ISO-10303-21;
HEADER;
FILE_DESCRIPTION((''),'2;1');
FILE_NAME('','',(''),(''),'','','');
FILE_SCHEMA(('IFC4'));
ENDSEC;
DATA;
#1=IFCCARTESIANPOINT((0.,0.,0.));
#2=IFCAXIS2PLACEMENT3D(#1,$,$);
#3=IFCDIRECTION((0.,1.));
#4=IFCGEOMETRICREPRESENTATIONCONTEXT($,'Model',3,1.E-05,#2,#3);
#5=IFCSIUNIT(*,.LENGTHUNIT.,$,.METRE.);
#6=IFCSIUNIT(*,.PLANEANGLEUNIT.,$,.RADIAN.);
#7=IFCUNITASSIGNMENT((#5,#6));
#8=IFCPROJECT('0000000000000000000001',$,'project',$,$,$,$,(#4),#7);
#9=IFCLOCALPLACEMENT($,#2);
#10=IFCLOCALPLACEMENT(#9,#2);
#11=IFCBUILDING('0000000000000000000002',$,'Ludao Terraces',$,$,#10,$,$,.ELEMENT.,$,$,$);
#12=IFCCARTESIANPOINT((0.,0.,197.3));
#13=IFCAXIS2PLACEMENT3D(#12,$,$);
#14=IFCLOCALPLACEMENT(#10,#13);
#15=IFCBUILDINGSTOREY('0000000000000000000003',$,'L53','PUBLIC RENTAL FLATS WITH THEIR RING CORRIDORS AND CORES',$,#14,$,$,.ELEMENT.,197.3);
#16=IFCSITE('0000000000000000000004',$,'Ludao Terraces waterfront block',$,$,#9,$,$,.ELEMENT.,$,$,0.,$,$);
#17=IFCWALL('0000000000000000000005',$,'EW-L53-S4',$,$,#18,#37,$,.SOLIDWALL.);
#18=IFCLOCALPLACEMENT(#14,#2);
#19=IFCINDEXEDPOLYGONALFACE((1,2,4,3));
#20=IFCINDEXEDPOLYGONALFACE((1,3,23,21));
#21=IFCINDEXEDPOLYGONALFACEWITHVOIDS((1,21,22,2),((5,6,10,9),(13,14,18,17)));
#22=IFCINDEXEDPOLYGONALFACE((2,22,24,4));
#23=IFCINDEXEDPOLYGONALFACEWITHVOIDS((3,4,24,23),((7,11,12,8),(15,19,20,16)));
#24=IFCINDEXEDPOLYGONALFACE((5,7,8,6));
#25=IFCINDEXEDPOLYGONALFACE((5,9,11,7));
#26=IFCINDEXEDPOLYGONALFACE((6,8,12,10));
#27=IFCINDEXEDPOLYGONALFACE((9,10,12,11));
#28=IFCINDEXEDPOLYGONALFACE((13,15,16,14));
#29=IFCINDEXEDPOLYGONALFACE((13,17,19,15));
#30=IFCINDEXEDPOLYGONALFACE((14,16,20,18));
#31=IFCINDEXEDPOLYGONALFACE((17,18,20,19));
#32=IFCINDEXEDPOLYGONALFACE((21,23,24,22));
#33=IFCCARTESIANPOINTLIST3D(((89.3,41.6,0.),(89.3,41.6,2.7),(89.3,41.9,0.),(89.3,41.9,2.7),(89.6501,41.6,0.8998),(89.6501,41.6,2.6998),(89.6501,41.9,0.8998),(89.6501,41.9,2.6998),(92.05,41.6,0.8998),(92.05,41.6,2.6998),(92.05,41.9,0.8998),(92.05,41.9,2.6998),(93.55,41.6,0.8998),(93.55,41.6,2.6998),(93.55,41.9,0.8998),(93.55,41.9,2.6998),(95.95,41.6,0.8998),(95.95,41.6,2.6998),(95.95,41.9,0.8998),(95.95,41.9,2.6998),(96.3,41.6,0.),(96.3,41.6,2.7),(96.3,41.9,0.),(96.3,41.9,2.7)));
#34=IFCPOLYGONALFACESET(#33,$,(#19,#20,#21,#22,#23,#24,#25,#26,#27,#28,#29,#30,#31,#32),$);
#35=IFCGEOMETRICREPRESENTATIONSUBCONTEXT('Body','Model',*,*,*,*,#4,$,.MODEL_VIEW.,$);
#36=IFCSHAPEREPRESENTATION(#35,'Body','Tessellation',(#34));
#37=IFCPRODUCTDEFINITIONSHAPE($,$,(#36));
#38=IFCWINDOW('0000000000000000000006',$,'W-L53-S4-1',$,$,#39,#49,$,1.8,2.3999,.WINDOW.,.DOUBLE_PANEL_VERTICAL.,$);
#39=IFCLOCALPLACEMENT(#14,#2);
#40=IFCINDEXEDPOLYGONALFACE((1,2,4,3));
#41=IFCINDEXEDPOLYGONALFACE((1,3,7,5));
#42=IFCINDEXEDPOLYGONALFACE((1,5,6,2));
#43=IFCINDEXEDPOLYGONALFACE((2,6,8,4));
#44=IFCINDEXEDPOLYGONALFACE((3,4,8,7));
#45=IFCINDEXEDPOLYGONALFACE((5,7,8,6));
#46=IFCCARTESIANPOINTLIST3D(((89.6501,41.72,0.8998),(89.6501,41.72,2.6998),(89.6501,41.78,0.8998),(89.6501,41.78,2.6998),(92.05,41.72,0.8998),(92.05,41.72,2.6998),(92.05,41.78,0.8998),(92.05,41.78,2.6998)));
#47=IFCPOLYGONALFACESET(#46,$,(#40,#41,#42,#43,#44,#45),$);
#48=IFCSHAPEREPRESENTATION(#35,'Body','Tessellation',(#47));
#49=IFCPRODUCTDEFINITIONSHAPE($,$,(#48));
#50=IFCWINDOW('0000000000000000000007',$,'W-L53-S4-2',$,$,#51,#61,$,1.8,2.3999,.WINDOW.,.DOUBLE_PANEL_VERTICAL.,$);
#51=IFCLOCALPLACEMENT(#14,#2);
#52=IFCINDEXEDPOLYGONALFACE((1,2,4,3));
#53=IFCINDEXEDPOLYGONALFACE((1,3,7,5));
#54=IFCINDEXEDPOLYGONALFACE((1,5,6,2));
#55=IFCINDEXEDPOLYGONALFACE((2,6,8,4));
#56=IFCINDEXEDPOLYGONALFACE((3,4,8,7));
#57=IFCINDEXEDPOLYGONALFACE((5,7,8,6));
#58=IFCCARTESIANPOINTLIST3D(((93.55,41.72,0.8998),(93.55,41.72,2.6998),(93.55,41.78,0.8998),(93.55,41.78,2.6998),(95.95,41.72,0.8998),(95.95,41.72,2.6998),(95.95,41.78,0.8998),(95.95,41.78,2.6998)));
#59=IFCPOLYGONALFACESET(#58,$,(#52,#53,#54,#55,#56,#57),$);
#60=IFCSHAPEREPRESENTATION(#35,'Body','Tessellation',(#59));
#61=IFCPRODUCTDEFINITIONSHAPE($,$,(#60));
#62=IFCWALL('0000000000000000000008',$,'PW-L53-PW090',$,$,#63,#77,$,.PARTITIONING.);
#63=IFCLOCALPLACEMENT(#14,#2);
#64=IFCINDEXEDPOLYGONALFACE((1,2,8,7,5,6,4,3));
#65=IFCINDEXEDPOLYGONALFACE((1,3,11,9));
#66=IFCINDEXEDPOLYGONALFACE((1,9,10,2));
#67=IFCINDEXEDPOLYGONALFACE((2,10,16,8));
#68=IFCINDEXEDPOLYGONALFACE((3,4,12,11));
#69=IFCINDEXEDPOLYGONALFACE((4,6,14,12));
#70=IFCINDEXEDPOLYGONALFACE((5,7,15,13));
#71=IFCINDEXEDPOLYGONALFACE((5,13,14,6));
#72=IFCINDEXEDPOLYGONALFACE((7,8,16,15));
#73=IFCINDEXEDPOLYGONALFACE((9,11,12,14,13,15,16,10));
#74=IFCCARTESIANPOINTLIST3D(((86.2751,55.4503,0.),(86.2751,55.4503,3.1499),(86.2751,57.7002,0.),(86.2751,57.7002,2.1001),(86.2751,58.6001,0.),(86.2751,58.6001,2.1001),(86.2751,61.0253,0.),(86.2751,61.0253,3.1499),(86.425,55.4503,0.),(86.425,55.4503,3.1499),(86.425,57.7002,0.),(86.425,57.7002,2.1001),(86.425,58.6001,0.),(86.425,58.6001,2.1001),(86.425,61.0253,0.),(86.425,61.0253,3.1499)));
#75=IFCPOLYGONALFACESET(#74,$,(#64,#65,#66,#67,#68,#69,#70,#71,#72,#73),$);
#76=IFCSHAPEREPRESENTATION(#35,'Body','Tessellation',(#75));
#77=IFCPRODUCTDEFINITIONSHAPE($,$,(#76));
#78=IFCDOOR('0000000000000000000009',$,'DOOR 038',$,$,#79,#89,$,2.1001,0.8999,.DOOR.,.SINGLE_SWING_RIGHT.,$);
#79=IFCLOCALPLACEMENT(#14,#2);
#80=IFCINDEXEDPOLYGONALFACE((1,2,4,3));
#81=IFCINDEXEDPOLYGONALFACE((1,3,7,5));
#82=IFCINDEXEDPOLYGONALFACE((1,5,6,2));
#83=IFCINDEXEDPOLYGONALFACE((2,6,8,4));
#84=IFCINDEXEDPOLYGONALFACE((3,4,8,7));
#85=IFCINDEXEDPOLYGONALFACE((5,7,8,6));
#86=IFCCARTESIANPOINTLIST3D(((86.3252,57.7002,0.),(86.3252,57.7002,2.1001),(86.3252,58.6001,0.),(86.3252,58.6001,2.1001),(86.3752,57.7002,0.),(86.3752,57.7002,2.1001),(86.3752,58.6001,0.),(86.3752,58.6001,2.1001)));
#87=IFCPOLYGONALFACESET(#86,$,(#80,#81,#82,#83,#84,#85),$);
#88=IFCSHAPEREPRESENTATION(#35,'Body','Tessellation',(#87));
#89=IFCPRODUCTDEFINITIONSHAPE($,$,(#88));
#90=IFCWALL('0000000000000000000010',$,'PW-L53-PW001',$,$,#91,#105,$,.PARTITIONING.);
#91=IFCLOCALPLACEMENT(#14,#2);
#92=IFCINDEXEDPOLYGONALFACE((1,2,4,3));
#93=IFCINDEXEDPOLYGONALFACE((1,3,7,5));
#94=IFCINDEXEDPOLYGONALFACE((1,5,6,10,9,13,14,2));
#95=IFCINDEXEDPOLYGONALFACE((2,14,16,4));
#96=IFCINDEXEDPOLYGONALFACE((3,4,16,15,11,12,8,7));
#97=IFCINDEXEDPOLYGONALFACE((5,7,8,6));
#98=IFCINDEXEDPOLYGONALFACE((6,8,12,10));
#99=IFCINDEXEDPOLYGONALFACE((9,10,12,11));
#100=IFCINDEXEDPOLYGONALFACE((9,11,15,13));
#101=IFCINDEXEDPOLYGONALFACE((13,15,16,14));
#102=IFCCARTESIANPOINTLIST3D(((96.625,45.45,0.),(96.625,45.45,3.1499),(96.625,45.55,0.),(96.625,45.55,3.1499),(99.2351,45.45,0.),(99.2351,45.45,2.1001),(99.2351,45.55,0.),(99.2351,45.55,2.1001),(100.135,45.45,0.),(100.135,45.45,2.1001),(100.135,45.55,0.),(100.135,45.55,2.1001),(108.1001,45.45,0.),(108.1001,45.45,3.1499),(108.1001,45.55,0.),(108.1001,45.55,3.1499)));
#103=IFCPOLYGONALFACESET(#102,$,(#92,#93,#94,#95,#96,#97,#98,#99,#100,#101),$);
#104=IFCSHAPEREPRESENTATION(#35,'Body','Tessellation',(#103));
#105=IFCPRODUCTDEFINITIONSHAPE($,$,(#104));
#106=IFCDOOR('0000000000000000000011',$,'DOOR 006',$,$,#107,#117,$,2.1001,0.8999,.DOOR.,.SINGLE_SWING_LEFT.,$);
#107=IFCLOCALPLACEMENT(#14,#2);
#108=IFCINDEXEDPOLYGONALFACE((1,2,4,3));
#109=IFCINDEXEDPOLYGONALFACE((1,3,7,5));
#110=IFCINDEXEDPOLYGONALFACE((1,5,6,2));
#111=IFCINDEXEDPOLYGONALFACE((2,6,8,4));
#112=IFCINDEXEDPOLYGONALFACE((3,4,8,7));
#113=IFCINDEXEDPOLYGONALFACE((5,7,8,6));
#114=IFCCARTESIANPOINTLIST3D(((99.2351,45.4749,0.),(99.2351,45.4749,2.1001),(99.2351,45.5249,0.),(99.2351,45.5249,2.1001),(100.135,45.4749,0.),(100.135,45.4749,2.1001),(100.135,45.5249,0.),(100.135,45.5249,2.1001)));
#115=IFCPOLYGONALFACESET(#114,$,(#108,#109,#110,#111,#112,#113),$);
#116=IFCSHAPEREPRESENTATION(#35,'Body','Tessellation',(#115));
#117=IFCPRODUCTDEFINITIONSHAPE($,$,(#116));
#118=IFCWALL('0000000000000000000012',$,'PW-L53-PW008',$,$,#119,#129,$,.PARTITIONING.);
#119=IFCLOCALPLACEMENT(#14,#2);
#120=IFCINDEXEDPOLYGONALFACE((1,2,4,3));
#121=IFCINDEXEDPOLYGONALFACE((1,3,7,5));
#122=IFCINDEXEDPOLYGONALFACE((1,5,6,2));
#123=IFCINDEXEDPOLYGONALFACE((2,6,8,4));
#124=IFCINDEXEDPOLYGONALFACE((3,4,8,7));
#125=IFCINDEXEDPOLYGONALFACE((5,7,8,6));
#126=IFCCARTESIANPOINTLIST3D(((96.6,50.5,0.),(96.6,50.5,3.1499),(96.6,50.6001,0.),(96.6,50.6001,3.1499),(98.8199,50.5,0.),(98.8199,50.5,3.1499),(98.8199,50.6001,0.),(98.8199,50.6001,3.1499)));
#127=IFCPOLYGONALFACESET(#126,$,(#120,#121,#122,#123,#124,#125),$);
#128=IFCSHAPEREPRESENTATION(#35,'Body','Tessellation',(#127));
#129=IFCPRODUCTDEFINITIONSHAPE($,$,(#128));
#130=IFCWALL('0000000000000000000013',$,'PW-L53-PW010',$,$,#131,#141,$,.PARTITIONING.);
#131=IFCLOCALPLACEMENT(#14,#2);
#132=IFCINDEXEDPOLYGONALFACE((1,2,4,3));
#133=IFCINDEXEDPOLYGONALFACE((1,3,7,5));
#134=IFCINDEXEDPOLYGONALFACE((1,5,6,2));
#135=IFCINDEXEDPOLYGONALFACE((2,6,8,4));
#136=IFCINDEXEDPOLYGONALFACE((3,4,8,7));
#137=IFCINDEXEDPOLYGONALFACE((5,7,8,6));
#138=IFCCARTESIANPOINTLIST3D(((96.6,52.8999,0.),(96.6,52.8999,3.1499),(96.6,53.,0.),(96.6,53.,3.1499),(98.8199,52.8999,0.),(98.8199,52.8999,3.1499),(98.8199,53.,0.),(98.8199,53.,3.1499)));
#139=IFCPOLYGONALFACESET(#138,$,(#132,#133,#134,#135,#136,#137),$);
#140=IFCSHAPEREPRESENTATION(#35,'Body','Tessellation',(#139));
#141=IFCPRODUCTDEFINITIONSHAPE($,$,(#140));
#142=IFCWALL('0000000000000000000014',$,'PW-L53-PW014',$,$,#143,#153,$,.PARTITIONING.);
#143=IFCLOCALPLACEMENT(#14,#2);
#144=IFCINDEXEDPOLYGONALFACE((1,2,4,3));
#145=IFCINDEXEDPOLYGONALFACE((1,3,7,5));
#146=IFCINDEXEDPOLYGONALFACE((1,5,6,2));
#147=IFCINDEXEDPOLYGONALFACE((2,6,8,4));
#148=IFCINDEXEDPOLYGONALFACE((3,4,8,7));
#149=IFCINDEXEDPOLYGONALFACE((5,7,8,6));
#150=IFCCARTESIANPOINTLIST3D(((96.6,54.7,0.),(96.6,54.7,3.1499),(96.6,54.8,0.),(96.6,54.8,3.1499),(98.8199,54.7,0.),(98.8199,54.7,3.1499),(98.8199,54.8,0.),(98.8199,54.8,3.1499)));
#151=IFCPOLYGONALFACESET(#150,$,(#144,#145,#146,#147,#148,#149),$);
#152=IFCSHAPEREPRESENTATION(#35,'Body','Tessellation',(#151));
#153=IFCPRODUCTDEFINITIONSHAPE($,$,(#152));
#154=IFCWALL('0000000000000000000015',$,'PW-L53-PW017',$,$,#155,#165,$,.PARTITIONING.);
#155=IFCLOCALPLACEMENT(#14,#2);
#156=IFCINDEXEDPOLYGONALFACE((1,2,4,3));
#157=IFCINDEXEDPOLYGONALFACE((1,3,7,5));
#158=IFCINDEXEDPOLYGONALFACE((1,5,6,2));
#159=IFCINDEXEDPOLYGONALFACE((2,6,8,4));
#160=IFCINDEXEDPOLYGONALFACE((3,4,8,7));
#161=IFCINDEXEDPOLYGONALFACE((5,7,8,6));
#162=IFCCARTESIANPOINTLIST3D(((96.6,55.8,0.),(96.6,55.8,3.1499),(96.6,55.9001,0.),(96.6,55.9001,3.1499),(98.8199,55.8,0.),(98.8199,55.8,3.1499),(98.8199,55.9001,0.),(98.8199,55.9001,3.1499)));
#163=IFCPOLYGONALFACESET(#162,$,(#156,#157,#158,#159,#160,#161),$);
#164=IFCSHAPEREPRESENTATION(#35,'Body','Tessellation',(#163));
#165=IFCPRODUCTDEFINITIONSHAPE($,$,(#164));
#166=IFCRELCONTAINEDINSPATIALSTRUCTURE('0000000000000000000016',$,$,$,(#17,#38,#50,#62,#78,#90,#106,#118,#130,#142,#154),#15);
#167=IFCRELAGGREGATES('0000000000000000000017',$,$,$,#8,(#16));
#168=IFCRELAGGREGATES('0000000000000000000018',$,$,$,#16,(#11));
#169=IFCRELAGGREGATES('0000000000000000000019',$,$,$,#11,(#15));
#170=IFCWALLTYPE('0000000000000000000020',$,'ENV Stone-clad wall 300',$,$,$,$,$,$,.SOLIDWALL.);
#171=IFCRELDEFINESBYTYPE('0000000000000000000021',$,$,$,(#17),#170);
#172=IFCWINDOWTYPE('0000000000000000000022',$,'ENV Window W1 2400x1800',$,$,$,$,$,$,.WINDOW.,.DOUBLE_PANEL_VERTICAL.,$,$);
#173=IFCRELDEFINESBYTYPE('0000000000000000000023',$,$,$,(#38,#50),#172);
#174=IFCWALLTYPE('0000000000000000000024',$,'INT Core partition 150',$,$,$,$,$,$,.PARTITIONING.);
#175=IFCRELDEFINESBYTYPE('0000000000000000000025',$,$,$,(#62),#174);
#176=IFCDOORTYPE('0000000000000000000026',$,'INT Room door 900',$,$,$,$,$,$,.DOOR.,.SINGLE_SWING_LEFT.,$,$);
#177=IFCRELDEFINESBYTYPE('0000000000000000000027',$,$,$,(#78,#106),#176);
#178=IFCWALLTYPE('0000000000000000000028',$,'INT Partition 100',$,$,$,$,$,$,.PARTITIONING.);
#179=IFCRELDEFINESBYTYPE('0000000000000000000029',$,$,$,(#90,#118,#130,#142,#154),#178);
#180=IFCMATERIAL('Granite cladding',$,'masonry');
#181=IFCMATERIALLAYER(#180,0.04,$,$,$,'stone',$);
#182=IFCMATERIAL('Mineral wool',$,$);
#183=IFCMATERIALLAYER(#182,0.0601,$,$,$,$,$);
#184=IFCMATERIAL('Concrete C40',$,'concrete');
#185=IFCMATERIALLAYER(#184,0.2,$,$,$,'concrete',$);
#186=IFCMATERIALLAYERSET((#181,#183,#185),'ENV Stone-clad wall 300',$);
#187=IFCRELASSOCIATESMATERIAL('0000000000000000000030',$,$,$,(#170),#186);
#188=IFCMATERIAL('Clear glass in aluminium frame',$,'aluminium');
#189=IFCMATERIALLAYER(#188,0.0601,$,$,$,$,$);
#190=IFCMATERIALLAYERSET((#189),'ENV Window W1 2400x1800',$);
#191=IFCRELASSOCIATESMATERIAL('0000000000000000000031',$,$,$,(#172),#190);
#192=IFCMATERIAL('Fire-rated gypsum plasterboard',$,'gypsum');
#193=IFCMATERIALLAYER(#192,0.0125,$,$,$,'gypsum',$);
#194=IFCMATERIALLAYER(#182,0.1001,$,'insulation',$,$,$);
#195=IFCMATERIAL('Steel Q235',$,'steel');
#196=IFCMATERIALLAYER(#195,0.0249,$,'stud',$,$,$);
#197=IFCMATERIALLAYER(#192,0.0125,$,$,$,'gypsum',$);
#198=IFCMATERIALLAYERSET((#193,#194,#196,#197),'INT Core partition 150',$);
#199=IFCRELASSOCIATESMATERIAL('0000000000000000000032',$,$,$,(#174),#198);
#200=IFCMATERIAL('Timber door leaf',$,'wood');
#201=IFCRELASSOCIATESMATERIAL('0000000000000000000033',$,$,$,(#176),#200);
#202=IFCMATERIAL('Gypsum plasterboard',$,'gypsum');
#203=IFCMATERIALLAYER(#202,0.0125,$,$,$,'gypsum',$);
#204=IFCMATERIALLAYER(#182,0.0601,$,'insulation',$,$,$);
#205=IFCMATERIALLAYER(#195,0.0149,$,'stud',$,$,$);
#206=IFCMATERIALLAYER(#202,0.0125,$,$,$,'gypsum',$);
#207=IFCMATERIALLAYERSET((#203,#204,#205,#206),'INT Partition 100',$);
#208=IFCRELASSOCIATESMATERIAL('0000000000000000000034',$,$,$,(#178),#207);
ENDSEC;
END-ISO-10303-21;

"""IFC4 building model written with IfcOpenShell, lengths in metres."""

from ifc_helpers import new_model, si_unit, direction, frame, frame_2d, origin, place, context, subcontext, project, spatial, rectangle, extrude, material, layer, layer_set, type_object, element, fill, save


model = new_model("IFC4")

# Units and contexts
model_context = context("Model", 3, precision=1e-05, world=origin(), true_north=direction((0.0, 1.0)))
body_context = subcontext(model_context, "Body", "Model", "MODEL_VIEW")
ifc_project = project(units=[si_unit("LENGTHUNIT", "METRE"), si_unit("PLANEANGLEUNIT", "RADIAN")], contexts=[model_context])

# Site, building, storey
site_placement = place(None, origin())
site = spatial("IfcSite", under=ifc_project, at=site_placement, Name="Ludao Terraces waterfront block", CompositionType="ELEMENT", RefElevation=0.0)
building_placement = place(site_placement, origin())
building = spatial("IfcBuilding", under=site, at=building_placement, Name="Ludao Terraces", CompositionType="ELEMENT")
storey_placement = place(building_placement, frame((0.0, 0.0, 197.3)))
storey = spatial("IfcBuildingStorey", under=building, at=storey_placement, Name="L53", Description="PUBLIC RENTAL FLATS WITH THEIR RING CORRIDORS AND CORES", CompositionType="ELEMENT", Elevation=197.3)

# Shared definitions
ifc_material_1 = material(Name="Concrete C40", Category="concrete")

# Shared definitions
ifc_material_2 = material(Name="Steel Q235", Category="steel")

# Wall, openings, windows
ifc_material_3 = material(Name="Granite cladding", Category="masonry")
ifc_layer_1 = layer(ifc_material_3, 0.04, Category="stone")
ifc_material_4 = material(Name="Mineral wool")
ifc_layer_2 = layer(ifc_material_4, 0.0601)
ifc_layer_3 = layer(ifc_material_1, 0.2, Category="concrete")
ifc_layer_set_1 = layer_set([ifc_layer_1, ifc_layer_2, ifc_layer_3], Name="ENV Stone-clad wall 300")
wall_type_1 = type_object("IfcWallType", Name="ENV Stone-clad wall 300", PredefinedType="SOLIDWALL", material=ifc_layer_set_1)
wall_1_placement = place(storey_placement, frame((89.3, 41.75, 0.0), z_axis=(0.0, 0.0, 1.0), x_axis=(1.0, 0.0, 0.0)))
wall_1 = element("IfcWall", 1, at=wall_1_placement, inside=storey, type_object=wall_type_1, Name="EW-L53-S4", PredefinedType="SOLIDWALL", context=body_context, shape_type="SweptSolid", body=[
    extrude(rectangle(XDim=7.0, YDim=0.3, at=frame_2d((3.5, 0.0))), origin(), (0.0, 0.0, 1.0), 2.7),
])
opening_1_placement = place(wall_1_placement, frame((0.3501, 0.0, 0.8999)))
opening_1 = element("IfcOpeningElement", 2, at=opening_1_placement, cuts=wall_1, PredefinedType="OPENING", context=body_context, shape_type="SweptSolid", body=[
    extrude(rectangle(XDim=2.3999, YDim=1.8, at=frame_2d((1.2, 0.8999))), frame((0.0, 0.1602, 0.0), z_axis=(0.0, -1.0, 0.0), x_axis=(1.0, 0.0, 0.0)), (0.0, 0.0, 1.0), 0.3201),
])
opening_2_placement = place(wall_1_placement, frame((4.25, 0.0, 0.8999)))
opening_2 = element("IfcOpeningElement", 3, at=opening_2_placement, cuts=wall_1, PredefinedType="OPENING", context=body_context, shape_type="SweptSolid", body=[
    extrude(rectangle(XDim=2.3999, YDim=1.8, at=frame_2d((1.2, 0.8999))), frame((0.0, 0.1602, 0.0), z_axis=(0.0, -1.0, 0.0), x_axis=(1.0, 0.0, 0.0)), (0.0, 0.0, 1.0), 0.3201),
])
ifc_material_5 = material(Name="Clear glass in aluminium frame", Category="aluminium")
ifc_layer_4 = layer(ifc_material_5, 0.0601)
ifc_layer_set_2 = layer_set([ifc_layer_4], Name="ENV Window W1 2400x1800")
window_type = type_object("IfcWindowType", Name="ENV Window W1 2400x1800", PartitioningType="DOUBLE_PANEL_VERTICAL", PredefinedType="WINDOW", material=ifc_layer_set_2)
window_1_placement = place(opening_1_placement, origin())
window_1 = element("IfcWindow", 4, at=window_1_placement, inside=storey, type_object=window_type, Name="W-L53-S4-1", OverallHeight=1.8, OverallWidth=2.3999, PartitioningType="DOUBLE_PANEL_VERTICAL", PredefinedType="WINDOW", context=body_context, shape_type="SweptSolid", body=[
    extrude(rectangle(XDim=2.3999, YDim=1.8, at=frame_2d((1.2, 0.8999))), frame((0.0, 0.03, 0.0), z_axis=(0.0, -1.0, 0.0), x_axis=(1.0, 0.0, 0.0)), (0.0, 0.0, 1.0), 0.0601),
])
fill(opening_1, window_1)
window_2_placement = place(opening_2_placement, origin())
window_2 = element("IfcWindow", 5, at=window_2_placement, inside=storey, type_object=window_type, Name="W-L53-S4-2", OverallHeight=1.8, OverallWidth=2.3999, PartitioningType="DOUBLE_PANEL_VERTICAL", PredefinedType="WINDOW", context=body_context, shape_type="SweptSolid", body=[
    extrude(rectangle(XDim=2.3999, YDim=1.8, at=frame_2d((1.2, 0.8999))), frame((0.0, 0.03, 0.0), z_axis=(0.0, -1.0, 0.0), x_axis=(1.0, 0.0, 0.0)), (0.0, 0.0, 1.0), 0.0601),
])
fill(opening_2, window_2)

# Walls, openings, doors
ifc_material_6 = material(Name="Fire-rated gypsum plasterboard", Category="gypsum")
ifc_layer_5 = layer(ifc_material_6, 0.0125, Category="gypsum")
ifc_layer_6 = layer(ifc_material_4, 0.1001, Name="insulation")
ifc_layer_7 = layer(ifc_material_2, 0.0249, Name="stud")
ifc_layer_8 = layer(ifc_material_6, 0.0125, Category="gypsum")
ifc_layer_set_3 = layer_set([ifc_layer_5, ifc_layer_6, ifc_layer_7, ifc_layer_8], Name="INT Core partition 150")
wall_type_2 = type_object("IfcWallType", Name="INT Core partition 150", PredefinedType="PARTITIONING", material=ifc_layer_set_3)
wall_2_placement = place(storey_placement, frame((86.3501, 55.4502, 0.0), z_axis=(0.0, 0.0, 1.0), x_axis=(0.0, 1.0, 0.0)))
wall_2 = element("IfcWall", 6, at=wall_2_placement, inside=storey, type_object=wall_type_2, Name="PW-L53-PW090", PredefinedType="PARTITIONING", context=body_context, shape_type="SweptSolid", body=[
    extrude(rectangle(XDim=5.575, YDim=0.1499, at=frame_2d((2.7876, 0.0))), origin(), (0.0, 0.0, 1.0), 3.1499),
])
opening_3_placement = place(wall_2_placement, frame((2.25, 0.0, 0.0)))
opening_3 = element("IfcOpeningElement", 7, at=opening_3_placement, cuts=wall_2, PredefinedType="OPENING", context=body_context, shape_type="SweptSolid", body=[
    extrude(rectangle(XDim=0.8999, YDim=2.1001, at=frame_2d((0.45, 1.05))), frame((0.0, 0.085, 0.0), z_axis=(0.0, -1.0, 0.0), x_axis=(1.0, 0.0, 0.0)), (0.0, 0.0, 1.0), 0.1699),
])
ifc_material_7 = material(Name="Timber door leaf", Category="wood")
door_type_1 = type_object("IfcDoorType", Name="INT Room door 900", OperationType="SINGLE_SWING_LEFT", PredefinedType="DOOR", material=ifc_material_7)
door_1_placement = place(opening_3_placement, origin())
door_1 = element("IfcDoor", 8, at=door_1_placement, inside=storey, type_object=door_type_1, Name="DOOR 038", OperationType="SINGLE_SWING_RIGHT", OverallHeight=2.1001, OverallWidth=0.8999, PredefinedType="DOOR", context=body_context, shape_type="SweptSolid", body=[
    extrude(rectangle(XDim=0.8999, YDim=2.1001, at=frame_2d((0.45, 1.05))), frame((0.0, 0.0249, 0.0), z_axis=(0.0, -1.0, 0.0), x_axis=(1.0, 0.0, 0.0)), (0.0, 0.0, 1.0), 0.05),
])
fill(opening_3, door_1)
ifc_material_8 = material(Name="Gypsum plasterboard", Category="gypsum")
ifc_layer_9 = layer(ifc_material_8, 0.0125, Category="gypsum")
ifc_layer_10 = layer(ifc_material_4, 0.0601, Name="insulation")
ifc_layer_11 = layer(ifc_material_2, 0.0149, Name="stud")
ifc_layer_12 = layer(ifc_material_8, 0.0125, Category="gypsum")
ifc_layer_set_4 = layer_set([ifc_layer_9, ifc_layer_10, ifc_layer_11, ifc_layer_12], Name="INT Partition 100")
wall_type_3 = type_object("IfcWallType", Name="INT Partition 100", PredefinedType="PARTITIONING", material=ifc_layer_set_4)
wall_3_placement = place(storey_placement, frame((96.625, 45.5, 0.0), z_axis=(0.0, 0.0, 1.0), x_axis=(1.0, 0.0, 0.0)))
wall_3 = element("IfcWall", 9, at=wall_3_placement, inside=storey, type_object=wall_type_3, Name="PW-L53-PW001", PredefinedType="PARTITIONING", context=body_context, shape_type="SweptSolid", body=[
    extrude(rectangle(XDim=11.4751, YDim=0.1001, at=frame_2d((5.7375, 0.0))), origin(), (0.0, 0.0, 1.0), 3.1499),
])
opening_4_placement = place(wall_3_placement, frame((2.6101, 0.0, 0.0)))
opening_4 = element("IfcOpeningElement", 10, at=opening_4_placement, cuts=wall_3, PredefinedType="OPENING", context=body_context, shape_type="SweptSolid", body=[
    extrude(rectangle(XDim=0.8999, YDim=2.1001, at=frame_2d((0.45, 1.05))), frame((0.0, 0.0601, 0.0), z_axis=(0.0, -1.0, 0.0), x_axis=(1.0, 0.0, 0.0)), (0.0, 0.0, 1.0), 0.1201),
])
door_2_placement = place(opening_4_placement, origin())
door_2 = element("IfcDoor", 11, at=door_2_placement, inside=storey, type_object=door_type_1, Name="DOOR 006", OperationType="SINGLE_SWING_LEFT", OverallHeight=2.1001, OverallWidth=0.8999, PredefinedType="DOOR", context=body_context, shape_type="SweptSolid", body=[
    extrude(rectangle(XDim=0.8999, YDim=2.1001, at=frame_2d((0.45, 1.05))), frame((0.0, 0.0249, 0.0), z_axis=(0.0, -1.0, 0.0), x_axis=(1.0, 0.0, 0.0)), (0.0, 0.0, 1.0), 0.05),
])
fill(opening_4, door_2)

# Walls
for number, where, z_axis, x_axis, name in (
    (12, (96.6001, 50.55, 0.0), (0.0, 0.0, 1.0), (1.0, 0.0, 0.0), "PW-L53-PW008"),
    (13, (96.6001, 52.95, 0.0), (0.0, 0.0, 1.0), (1.0, 0.0, 0.0), "PW-L53-PW010"),
    (14, (96.6001, 54.75, 0.0), (0.0, 0.0, 1.0), (1.0, 0.0, 0.0), "PW-L53-PW014"),
    (15, (96.6001, 55.8501, 0.0), (0.0, 0.0, 1.0), (1.0, 0.0, 0.0), "PW-L53-PW017"),
):
    element("IfcWall", number, at=place(storey_placement, frame(where, z_axis=z_axis, x_axis=x_axis)), inside=storey, type_object=wall_type_3, Name=name, PredefinedType="PARTITIONING", context=body_context, shape_type="SweptSolid", body=[
        extrude(rectangle(XDim=2.22, YDim=0.1001, at=frame_2d((1.1099, 0.0))), origin(), (0.0, 0.0, 1.0), 3.1499),
    ])

save(model, "model.ifc")
